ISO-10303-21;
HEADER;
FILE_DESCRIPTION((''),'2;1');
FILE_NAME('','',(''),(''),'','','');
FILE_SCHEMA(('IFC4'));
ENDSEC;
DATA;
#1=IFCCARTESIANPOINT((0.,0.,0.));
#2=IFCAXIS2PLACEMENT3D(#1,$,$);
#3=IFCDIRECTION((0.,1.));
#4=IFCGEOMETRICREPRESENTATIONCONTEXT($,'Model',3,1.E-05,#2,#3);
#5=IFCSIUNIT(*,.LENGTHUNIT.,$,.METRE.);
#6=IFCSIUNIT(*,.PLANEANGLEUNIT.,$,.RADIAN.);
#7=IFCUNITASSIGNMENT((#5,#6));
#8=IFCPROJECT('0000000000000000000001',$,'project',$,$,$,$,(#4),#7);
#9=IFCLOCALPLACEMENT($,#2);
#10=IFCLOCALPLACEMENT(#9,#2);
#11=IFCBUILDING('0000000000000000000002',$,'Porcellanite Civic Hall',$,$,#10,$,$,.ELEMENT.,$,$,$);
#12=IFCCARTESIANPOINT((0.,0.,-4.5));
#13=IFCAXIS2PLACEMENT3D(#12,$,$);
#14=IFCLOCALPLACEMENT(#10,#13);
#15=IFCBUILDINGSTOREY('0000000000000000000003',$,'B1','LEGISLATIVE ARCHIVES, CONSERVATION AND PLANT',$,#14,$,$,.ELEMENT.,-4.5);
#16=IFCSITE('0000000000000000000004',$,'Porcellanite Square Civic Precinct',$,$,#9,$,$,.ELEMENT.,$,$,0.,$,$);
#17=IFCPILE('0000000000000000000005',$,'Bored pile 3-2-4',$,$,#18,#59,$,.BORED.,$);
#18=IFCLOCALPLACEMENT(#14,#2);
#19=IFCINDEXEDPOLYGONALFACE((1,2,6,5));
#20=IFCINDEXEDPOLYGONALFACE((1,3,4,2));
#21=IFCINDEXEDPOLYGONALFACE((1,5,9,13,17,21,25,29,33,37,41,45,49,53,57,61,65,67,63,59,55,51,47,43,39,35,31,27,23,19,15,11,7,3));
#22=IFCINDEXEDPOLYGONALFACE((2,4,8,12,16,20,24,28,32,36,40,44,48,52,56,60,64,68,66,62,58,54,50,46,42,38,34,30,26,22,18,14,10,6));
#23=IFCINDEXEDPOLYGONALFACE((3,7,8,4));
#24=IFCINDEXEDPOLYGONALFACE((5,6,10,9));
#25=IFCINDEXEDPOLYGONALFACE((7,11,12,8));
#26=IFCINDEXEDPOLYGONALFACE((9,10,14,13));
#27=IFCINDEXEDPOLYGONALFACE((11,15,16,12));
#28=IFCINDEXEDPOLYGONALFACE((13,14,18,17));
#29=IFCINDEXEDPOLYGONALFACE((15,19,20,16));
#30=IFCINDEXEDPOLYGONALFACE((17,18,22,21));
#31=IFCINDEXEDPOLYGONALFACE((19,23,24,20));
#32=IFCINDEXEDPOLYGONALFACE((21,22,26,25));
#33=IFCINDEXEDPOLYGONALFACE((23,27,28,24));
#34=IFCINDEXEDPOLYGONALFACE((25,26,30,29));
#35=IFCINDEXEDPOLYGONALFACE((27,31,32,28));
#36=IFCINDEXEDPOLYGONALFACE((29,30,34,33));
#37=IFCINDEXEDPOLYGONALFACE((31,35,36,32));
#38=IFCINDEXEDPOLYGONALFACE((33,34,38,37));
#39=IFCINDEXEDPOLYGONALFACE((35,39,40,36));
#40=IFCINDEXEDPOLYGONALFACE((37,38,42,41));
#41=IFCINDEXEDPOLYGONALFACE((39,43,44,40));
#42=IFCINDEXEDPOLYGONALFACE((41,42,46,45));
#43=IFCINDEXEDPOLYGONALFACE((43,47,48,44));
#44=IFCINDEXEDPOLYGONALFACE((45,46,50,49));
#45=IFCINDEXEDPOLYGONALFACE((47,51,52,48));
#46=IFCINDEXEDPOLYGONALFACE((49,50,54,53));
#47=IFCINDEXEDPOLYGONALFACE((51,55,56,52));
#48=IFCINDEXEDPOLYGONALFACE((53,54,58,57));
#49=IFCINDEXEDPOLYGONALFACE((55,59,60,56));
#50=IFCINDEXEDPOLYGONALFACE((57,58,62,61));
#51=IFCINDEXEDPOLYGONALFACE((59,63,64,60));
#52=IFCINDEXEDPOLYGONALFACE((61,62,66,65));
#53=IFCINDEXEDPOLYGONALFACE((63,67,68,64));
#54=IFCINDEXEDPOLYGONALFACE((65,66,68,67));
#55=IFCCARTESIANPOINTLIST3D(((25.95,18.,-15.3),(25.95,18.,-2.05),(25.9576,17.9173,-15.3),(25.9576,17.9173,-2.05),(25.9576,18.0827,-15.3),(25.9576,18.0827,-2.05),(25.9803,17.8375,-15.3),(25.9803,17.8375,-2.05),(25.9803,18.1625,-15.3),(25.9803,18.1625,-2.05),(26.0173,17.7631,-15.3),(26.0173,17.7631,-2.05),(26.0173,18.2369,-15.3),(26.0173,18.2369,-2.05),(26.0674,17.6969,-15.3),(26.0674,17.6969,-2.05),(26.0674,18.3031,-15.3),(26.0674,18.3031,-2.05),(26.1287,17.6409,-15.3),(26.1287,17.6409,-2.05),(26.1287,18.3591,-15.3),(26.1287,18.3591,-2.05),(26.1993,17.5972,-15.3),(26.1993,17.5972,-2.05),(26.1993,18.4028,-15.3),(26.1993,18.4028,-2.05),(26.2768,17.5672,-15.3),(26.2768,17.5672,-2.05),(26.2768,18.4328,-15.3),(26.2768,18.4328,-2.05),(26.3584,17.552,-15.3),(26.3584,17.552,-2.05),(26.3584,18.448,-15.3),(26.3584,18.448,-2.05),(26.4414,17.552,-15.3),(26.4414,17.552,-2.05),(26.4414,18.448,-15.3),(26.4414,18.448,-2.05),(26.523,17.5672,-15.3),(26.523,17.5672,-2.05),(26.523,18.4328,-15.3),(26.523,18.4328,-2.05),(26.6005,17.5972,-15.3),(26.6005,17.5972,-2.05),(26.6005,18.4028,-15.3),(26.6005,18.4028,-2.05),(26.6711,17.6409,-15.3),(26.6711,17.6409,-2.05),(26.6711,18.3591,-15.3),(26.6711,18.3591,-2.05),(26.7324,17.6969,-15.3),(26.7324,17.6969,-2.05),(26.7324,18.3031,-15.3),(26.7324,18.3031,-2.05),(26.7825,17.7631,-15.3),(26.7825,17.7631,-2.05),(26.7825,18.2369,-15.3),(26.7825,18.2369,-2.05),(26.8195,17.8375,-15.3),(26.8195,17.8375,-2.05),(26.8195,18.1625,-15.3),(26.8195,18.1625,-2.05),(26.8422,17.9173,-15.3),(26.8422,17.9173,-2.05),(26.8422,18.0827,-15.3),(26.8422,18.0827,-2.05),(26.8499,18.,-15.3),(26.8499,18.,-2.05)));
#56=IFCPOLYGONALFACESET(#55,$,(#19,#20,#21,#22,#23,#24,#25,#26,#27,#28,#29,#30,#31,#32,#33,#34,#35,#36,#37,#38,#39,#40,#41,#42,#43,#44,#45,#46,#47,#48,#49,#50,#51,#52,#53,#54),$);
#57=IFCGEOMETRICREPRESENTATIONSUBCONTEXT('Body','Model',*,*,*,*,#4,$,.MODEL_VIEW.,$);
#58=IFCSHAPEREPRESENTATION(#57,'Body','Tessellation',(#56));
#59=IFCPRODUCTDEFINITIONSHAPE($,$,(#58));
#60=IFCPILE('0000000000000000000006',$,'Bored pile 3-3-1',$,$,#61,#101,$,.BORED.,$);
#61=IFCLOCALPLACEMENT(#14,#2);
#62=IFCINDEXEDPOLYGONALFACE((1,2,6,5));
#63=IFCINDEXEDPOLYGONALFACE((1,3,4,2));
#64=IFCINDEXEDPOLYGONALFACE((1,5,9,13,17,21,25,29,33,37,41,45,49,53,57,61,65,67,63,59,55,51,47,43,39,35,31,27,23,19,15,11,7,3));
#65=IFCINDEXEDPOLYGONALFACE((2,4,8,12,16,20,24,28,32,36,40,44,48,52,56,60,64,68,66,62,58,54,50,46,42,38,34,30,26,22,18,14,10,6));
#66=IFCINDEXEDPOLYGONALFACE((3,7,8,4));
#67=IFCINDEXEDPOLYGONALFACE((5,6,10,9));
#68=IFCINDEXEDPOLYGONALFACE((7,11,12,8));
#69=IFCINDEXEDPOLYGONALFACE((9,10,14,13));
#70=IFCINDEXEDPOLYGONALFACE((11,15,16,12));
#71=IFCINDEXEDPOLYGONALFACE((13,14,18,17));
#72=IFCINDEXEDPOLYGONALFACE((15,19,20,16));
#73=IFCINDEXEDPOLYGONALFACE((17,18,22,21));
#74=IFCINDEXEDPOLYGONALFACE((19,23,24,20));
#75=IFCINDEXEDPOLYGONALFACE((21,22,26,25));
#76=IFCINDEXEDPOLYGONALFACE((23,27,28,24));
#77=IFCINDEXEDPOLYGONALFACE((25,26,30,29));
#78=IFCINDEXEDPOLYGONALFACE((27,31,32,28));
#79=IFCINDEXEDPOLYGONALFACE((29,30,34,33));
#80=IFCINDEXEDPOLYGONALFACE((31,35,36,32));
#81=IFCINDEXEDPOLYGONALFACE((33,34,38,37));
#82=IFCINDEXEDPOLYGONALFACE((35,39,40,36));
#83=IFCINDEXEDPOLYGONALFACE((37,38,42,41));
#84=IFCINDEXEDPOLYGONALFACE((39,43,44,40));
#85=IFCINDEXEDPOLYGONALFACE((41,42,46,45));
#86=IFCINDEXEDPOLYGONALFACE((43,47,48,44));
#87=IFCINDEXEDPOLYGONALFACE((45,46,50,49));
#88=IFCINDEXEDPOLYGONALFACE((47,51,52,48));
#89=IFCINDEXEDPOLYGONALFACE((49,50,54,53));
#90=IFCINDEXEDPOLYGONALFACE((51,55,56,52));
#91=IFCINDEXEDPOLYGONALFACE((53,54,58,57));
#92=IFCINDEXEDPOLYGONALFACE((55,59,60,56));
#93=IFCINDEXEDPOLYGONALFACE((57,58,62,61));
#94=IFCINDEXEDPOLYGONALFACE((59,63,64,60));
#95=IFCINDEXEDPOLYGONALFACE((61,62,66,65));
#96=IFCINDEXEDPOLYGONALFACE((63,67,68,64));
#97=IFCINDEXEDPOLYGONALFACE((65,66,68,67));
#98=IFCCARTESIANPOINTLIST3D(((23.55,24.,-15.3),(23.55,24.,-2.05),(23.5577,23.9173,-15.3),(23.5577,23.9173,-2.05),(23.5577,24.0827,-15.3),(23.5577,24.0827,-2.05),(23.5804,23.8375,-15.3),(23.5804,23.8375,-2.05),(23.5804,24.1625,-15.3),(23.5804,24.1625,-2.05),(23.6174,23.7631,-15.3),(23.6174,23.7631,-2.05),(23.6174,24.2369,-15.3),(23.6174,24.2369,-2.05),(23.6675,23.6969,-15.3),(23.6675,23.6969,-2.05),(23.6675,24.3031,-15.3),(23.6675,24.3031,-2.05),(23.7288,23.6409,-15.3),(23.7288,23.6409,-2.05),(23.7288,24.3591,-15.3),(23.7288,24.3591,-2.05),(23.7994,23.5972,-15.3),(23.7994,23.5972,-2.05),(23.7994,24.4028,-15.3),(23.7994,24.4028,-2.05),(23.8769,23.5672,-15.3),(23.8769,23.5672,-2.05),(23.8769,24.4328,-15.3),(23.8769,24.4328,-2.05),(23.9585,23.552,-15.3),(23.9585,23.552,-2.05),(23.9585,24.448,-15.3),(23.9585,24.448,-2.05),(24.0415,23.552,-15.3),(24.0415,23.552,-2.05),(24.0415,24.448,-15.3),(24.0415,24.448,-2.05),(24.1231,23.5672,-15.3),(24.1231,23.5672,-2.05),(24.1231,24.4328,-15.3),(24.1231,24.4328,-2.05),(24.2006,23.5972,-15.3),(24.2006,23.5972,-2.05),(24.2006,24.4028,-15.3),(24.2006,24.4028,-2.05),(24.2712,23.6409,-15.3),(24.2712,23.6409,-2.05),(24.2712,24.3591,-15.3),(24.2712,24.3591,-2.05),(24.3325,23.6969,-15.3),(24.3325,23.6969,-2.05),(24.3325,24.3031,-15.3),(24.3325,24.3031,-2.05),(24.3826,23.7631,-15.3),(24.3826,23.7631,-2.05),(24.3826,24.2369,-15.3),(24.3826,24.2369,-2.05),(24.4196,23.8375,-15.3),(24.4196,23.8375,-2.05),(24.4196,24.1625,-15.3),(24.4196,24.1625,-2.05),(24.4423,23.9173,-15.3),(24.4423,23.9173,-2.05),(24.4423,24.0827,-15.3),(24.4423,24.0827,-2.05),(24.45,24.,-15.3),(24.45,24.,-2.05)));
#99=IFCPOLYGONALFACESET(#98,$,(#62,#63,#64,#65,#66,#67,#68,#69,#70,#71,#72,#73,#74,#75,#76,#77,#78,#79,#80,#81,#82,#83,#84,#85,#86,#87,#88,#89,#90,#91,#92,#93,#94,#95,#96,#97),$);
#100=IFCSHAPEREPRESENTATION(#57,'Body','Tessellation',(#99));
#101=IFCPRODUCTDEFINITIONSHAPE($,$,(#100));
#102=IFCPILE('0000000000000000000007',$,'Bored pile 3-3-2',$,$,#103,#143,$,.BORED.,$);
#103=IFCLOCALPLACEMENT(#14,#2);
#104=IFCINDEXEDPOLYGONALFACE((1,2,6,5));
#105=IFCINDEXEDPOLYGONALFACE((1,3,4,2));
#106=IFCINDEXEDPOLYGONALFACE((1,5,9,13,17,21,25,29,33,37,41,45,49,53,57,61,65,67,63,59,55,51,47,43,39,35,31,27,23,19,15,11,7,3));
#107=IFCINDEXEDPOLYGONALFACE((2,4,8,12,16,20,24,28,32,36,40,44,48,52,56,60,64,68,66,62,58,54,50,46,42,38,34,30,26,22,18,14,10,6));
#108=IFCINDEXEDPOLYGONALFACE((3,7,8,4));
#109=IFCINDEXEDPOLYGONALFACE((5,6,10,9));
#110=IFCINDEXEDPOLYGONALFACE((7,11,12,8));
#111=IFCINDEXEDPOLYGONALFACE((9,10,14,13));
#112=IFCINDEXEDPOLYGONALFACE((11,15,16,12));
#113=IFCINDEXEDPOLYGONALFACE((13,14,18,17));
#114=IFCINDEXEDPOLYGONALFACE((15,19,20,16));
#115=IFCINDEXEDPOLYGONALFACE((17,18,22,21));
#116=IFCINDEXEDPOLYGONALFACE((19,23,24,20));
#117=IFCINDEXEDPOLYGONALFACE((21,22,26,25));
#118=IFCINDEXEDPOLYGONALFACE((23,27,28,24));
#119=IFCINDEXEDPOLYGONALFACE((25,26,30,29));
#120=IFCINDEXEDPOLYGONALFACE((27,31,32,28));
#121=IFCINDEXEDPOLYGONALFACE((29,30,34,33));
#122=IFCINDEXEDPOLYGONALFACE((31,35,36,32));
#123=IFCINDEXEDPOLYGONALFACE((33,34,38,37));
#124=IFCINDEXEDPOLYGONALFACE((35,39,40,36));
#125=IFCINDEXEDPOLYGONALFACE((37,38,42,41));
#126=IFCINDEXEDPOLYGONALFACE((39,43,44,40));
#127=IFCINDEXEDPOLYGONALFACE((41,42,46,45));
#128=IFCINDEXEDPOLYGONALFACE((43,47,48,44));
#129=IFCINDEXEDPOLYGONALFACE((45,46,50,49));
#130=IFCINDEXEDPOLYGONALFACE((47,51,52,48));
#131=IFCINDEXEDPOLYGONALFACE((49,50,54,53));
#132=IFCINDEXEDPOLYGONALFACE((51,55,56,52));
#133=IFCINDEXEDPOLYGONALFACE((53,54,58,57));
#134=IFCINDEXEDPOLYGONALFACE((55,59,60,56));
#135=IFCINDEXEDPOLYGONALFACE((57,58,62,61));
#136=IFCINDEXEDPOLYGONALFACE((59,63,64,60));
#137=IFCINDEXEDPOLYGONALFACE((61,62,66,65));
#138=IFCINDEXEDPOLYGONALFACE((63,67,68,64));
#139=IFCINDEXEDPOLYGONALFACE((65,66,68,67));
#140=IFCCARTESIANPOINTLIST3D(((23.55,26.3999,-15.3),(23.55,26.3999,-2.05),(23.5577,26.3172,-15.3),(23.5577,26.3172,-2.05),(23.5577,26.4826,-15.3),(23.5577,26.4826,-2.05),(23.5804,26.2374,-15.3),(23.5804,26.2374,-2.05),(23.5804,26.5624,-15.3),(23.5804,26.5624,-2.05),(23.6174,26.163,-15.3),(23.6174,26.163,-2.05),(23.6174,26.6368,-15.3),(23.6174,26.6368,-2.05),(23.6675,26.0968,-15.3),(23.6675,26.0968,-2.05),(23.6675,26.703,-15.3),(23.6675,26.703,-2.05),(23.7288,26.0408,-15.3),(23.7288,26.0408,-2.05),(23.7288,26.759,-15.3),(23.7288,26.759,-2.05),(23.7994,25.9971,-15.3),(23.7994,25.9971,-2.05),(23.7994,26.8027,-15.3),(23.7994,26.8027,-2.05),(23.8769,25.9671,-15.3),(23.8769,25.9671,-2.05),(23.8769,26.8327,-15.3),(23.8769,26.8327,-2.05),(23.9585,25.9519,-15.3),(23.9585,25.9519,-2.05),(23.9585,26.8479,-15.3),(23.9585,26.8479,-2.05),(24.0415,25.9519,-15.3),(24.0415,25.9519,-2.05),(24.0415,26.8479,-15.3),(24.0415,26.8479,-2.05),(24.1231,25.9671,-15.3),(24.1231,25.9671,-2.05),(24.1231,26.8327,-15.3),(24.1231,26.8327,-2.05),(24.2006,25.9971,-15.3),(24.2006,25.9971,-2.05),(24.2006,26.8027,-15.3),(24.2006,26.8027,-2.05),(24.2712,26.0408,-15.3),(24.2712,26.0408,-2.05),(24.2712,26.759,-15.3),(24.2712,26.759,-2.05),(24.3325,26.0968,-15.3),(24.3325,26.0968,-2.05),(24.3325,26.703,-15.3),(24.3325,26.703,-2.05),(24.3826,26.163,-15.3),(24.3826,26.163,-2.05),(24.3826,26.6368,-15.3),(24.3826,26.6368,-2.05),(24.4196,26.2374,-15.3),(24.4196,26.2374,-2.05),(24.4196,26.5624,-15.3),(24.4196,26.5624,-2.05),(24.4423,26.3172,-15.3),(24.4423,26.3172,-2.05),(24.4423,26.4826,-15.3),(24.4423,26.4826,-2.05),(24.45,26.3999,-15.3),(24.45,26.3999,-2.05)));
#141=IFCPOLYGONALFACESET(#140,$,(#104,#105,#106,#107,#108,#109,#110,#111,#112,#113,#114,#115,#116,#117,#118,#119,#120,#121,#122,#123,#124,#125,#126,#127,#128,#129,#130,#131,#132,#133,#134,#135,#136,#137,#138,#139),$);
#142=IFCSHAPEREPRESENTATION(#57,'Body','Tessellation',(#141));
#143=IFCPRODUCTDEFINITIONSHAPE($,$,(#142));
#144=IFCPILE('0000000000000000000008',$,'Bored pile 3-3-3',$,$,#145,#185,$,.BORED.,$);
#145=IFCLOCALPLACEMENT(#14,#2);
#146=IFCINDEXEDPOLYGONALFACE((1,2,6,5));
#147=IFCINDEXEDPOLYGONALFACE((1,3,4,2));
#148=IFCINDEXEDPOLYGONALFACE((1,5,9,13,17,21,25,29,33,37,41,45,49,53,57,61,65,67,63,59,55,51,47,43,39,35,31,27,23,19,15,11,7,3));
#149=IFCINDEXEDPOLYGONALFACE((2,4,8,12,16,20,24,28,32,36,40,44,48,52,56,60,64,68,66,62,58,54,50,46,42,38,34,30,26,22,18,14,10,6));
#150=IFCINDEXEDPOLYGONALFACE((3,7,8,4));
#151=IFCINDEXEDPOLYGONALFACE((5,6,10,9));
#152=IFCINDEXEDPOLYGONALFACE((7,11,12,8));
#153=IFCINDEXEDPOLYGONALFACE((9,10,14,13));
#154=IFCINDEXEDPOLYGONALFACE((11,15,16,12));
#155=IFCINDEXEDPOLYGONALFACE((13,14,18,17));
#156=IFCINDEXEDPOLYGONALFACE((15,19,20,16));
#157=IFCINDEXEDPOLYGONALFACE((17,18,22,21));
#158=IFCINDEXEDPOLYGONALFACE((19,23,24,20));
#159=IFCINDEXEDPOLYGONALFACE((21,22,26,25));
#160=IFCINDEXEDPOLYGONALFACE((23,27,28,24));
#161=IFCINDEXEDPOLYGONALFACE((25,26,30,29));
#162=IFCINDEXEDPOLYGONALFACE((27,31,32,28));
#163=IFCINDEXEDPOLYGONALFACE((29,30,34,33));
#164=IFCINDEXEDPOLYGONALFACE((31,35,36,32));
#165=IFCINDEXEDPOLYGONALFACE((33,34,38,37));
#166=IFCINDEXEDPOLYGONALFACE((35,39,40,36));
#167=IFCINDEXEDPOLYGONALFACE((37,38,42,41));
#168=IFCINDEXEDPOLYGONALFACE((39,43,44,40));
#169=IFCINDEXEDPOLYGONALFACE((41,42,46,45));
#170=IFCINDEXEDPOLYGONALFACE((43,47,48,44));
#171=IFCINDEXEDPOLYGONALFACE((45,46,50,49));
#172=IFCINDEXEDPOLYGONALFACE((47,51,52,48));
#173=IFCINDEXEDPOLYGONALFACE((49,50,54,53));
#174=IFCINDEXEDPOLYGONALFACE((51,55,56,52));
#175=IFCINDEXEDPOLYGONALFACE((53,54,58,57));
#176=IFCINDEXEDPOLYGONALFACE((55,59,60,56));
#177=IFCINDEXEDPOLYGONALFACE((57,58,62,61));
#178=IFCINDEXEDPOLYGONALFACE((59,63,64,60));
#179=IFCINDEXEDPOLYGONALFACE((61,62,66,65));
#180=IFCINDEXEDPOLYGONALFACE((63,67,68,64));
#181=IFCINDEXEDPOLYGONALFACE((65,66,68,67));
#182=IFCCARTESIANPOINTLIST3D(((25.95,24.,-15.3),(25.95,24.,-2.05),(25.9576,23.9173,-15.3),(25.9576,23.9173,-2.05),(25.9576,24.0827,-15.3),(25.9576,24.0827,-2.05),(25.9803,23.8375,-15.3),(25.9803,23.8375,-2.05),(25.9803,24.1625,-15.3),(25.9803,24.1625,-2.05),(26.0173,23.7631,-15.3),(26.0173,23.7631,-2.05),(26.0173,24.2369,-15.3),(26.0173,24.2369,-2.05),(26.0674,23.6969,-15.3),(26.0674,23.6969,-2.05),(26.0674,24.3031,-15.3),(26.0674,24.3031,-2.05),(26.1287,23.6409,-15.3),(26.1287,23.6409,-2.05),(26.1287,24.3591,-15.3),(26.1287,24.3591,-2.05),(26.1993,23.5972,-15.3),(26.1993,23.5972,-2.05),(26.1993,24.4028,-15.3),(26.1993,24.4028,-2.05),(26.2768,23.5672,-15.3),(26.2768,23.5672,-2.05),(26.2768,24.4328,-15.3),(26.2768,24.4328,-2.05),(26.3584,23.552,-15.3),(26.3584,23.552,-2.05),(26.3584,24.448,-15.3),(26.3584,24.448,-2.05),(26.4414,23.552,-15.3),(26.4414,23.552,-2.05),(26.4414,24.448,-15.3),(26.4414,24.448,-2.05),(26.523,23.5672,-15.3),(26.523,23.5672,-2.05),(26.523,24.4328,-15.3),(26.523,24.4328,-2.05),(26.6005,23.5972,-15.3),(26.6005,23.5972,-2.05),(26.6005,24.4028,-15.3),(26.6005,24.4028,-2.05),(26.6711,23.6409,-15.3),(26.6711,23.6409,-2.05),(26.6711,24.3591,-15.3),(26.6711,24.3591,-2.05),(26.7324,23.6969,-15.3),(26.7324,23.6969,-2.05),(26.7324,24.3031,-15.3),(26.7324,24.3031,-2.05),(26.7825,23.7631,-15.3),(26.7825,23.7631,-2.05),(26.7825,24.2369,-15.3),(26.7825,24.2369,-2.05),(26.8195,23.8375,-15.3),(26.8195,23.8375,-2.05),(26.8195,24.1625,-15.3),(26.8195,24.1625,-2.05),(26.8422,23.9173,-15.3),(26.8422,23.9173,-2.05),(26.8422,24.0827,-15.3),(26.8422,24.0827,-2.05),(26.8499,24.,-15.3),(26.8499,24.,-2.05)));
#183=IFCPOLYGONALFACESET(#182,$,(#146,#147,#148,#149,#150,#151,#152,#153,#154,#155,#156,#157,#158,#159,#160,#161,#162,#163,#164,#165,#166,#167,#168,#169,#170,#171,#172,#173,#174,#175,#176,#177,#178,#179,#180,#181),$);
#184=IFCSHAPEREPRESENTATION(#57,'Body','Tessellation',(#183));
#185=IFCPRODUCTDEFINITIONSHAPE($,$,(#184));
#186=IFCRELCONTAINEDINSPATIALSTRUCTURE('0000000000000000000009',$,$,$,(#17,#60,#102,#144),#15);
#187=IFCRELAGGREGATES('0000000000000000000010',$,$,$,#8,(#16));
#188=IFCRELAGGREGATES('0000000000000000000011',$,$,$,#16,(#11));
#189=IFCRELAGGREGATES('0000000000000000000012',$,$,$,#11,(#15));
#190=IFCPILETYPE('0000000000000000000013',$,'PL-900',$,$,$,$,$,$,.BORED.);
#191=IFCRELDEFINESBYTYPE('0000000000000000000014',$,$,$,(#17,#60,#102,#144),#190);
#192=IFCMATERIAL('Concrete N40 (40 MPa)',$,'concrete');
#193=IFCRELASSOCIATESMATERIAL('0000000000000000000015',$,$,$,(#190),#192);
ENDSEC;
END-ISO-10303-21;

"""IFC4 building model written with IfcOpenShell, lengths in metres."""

from ifc_helpers import new_model, si_unit, direction, frame, origin, origin_2d, place, context, subcontext, project, spatial, circle, extrude, material, material_profile, profile_set, type_object, element, save


model = new_model("IFC4")

# Units and contexts
model_context = context("Model", 3, precision=1e-05, world=origin(), true_north=direction((0.0, 1.0)))
body_context = subcontext(model_context, "Body", "Model", "MODEL_VIEW")
ifc_project = project(units=[si_unit("LENGTHUNIT", "METRE"), si_unit("PLANEANGLEUNIT", "RADIAN")], contexts=[model_context])

# Site, building, storey
site_placement = place(None, origin())
site = spatial("IfcSite", under=ifc_project, at=site_placement, Name="Porcellanite Square Civic Precinct", CompositionType="ELEMENT", RefElevation=0.0)
building_placement = place(site_placement, origin())
building = spatial("IfcBuilding", under=site, at=building_placement, Name="Porcellanite Civic Hall", CompositionType="ELEMENT")
storey_placement = place(building_placement, frame((0.0, 0.0, -4.5)))
storey = spatial("IfcBuildingStorey", under=building, at=storey_placement, Name="B1", Description="LEGISLATIVE ARCHIVES, CONSERVATION AND PLANT", CompositionType="ELEMENT", Elevation=-4.5)

# Piles
ifc_material_1 = material(Name="Concrete N40 (40 MPa)", Category="concrete")
ifc_material_profile_1 = material_profile(ifc_material_1, circle(Radius=0.45, at=origin_2d()), Name="PILE-D900")
ifc_profile_set_1 = profile_set([ifc_material_profile_1], Name="Concrete N40 (40 MPa)")
pile_type = type_object("IfcPileType", Name="PL-900", PredefinedType="BORED", material=ifc_profile_set_1)
for number, where, z_axis, x_axis, name in (
    (1, (26.3999, 18.0, -2.05), (0.0, 0.0, -1.0), (1.0, 0.0, 0.0), "Bored pile 3-2-4"),
    (2, (24.0, 24.0, -2.05), (0.0, 0.0, -1.0), (1.0, 0.0, 0.0), "Bored pile 3-3-1"),
    (3, (24.0, 26.3999, -2.05), (0.0, 0.0, -1.0), (1.0, 0.0, 0.0), "Bored pile 3-3-2"),
    (4, (26.3999, 24.0, -2.05), (0.0, 0.0, -1.0), (1.0, 0.0, 0.0), "Bored pile 3-3-3"),
):
    element("IfcPile", number, at=place(storey_placement, frame(where, z_axis=z_axis, x_axis=x_axis)), inside=storey, type_object=pile_type, Name=name, PredefinedType="BORED", context=body_context, shape_type="SweptSolid", body=[
        extrude(circle(Radius=0.45, at=origin_2d()), origin(), (0.0, 0.0, 1.0), 13.25),
    ])

save(model, "model.ifc")
